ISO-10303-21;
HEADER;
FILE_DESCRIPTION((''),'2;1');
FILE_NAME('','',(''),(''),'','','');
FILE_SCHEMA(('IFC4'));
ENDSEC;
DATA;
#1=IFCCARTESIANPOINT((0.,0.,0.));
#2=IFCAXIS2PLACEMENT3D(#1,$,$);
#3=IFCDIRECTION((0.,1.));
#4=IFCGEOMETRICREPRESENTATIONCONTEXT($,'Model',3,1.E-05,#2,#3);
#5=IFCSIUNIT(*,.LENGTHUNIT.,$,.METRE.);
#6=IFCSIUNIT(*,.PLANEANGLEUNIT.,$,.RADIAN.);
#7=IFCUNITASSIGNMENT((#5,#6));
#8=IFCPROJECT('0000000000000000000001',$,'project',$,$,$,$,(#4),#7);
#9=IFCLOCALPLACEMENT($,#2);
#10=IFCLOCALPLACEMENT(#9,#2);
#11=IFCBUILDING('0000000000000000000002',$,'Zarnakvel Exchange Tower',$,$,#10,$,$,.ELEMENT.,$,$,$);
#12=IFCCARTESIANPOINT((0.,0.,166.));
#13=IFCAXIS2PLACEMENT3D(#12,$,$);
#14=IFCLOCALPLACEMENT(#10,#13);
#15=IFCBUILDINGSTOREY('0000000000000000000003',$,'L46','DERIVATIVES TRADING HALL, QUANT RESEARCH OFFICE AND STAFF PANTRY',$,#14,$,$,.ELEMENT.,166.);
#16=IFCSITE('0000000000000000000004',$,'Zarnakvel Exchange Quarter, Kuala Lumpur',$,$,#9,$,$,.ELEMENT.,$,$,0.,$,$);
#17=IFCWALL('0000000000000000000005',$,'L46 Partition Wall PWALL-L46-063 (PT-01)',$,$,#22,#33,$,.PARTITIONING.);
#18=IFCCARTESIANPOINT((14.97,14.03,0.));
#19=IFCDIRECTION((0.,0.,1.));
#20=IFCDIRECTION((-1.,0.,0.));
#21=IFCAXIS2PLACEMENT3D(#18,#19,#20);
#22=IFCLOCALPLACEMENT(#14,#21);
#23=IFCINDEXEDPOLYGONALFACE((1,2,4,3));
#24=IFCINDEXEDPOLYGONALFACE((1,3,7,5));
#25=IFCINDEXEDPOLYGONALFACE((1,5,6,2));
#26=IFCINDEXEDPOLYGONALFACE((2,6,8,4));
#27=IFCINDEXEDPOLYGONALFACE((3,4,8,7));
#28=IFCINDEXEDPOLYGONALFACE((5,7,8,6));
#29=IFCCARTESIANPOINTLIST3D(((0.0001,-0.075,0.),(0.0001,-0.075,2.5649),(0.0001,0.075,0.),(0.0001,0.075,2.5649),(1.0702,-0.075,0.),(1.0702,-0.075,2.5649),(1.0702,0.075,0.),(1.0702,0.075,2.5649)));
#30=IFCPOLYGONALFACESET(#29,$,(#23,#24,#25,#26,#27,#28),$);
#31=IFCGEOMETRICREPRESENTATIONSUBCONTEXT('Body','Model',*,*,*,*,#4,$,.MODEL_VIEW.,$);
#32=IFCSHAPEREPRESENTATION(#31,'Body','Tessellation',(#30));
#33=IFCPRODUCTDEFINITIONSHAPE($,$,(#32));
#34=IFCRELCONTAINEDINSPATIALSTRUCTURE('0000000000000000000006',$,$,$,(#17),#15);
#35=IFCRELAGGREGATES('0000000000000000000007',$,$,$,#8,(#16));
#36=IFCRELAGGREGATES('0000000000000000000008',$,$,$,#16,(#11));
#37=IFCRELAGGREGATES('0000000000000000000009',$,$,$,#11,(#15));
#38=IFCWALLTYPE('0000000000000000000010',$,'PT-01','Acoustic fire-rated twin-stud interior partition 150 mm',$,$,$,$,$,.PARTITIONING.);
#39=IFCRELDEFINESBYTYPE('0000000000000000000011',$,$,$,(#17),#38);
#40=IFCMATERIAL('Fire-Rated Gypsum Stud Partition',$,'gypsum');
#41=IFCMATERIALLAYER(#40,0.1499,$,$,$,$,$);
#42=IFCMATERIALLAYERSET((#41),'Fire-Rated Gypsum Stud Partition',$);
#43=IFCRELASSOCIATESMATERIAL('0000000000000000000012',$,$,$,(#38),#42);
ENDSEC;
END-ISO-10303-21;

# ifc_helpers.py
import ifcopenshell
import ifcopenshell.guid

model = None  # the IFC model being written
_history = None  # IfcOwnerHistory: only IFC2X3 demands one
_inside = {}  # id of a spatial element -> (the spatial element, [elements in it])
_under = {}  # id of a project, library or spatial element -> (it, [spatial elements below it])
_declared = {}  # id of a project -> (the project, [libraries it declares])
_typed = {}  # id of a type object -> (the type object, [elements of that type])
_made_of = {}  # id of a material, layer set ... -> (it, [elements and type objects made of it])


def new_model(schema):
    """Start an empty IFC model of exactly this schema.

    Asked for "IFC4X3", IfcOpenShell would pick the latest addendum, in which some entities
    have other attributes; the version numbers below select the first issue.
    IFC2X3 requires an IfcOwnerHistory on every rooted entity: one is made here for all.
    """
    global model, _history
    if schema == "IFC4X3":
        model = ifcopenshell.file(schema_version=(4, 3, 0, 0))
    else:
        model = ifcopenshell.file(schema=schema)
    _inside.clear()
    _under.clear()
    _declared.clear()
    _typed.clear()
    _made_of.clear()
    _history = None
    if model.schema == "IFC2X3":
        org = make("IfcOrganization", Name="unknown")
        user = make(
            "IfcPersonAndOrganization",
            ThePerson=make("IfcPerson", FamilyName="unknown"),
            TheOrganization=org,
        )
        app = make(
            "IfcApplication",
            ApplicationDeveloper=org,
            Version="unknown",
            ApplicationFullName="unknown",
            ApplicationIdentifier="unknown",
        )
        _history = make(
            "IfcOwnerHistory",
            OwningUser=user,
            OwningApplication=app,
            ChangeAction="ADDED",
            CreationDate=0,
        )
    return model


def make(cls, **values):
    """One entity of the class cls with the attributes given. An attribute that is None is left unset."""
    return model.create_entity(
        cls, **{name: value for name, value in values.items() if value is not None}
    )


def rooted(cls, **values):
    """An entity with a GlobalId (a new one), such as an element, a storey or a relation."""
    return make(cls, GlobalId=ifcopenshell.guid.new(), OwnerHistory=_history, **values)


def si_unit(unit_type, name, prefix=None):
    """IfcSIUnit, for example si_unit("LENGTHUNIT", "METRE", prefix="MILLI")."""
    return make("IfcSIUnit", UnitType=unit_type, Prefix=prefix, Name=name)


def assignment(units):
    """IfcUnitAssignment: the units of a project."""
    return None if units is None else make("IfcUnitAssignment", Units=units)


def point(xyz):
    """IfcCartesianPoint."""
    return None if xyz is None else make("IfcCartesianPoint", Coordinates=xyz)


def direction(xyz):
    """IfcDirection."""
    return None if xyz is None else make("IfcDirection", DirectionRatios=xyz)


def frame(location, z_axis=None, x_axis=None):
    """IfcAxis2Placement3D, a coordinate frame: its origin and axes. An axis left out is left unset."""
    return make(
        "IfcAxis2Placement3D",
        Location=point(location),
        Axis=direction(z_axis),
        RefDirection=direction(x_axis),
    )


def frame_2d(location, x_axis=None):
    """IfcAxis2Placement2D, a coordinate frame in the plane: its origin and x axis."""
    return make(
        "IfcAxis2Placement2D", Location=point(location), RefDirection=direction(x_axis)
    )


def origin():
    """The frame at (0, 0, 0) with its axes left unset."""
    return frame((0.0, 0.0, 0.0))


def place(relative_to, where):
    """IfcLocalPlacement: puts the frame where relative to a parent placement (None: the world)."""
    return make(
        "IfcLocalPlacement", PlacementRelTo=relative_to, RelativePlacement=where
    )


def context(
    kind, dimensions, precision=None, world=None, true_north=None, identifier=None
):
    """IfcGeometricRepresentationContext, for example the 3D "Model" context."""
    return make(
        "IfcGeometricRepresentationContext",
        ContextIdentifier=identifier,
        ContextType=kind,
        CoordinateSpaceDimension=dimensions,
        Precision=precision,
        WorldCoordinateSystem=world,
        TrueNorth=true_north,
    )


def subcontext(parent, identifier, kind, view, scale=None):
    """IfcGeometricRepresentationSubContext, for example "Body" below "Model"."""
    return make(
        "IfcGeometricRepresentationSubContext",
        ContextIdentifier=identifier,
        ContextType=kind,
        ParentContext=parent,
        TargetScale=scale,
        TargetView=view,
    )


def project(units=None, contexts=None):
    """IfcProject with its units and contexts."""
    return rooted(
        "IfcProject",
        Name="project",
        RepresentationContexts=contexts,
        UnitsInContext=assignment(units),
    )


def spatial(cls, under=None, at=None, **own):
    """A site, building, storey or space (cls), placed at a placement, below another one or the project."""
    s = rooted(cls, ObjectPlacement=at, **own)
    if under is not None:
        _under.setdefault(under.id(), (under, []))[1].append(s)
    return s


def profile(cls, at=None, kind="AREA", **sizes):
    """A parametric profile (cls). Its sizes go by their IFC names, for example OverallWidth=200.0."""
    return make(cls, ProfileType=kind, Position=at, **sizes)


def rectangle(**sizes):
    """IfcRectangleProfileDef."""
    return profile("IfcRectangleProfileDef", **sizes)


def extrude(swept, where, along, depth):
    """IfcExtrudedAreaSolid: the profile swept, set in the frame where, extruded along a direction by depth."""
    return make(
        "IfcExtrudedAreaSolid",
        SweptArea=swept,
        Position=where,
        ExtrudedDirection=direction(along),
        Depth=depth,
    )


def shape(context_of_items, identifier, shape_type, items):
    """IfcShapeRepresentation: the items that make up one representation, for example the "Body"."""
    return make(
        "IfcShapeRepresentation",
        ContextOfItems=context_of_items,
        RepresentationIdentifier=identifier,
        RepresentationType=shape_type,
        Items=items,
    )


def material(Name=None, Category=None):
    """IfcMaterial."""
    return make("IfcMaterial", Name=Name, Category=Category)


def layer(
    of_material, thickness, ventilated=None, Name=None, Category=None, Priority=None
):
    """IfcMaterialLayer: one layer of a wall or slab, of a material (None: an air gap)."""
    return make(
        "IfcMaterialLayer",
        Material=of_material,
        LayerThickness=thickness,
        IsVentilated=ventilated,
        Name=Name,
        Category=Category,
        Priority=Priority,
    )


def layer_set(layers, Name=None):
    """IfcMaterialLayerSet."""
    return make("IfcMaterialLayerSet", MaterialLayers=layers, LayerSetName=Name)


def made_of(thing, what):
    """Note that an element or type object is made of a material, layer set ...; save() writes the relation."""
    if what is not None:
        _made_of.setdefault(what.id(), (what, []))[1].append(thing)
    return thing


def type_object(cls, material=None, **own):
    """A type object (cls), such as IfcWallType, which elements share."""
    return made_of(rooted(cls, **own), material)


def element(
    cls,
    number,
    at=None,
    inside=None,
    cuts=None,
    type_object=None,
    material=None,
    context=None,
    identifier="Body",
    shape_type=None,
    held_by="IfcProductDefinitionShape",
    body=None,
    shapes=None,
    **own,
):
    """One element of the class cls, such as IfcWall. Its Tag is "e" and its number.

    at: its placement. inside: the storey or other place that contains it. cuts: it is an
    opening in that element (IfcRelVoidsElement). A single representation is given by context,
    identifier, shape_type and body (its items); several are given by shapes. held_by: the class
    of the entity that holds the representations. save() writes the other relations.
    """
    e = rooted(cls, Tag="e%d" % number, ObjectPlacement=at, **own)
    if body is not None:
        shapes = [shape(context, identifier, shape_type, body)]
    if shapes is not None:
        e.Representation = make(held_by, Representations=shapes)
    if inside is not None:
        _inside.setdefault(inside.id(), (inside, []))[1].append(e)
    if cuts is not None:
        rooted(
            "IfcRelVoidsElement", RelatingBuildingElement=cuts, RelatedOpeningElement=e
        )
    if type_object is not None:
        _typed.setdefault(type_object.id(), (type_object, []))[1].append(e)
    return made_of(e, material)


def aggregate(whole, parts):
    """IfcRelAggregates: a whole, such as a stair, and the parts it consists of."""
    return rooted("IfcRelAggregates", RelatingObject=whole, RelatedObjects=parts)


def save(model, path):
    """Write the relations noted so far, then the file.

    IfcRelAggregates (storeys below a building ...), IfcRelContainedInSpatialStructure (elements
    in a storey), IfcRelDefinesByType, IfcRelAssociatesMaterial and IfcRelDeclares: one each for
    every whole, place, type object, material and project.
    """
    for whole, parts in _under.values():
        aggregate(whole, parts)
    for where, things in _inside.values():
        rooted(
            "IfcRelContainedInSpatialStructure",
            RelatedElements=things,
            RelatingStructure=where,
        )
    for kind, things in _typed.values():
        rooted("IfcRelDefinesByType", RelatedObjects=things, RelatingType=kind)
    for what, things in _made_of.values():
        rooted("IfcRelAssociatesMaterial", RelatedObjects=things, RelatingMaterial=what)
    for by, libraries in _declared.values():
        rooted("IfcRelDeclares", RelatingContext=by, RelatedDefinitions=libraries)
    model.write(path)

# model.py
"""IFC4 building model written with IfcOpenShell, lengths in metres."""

from ifc_helpers import new_model, si_unit, direction, frame, frame_2d, origin, place, context, subcontext, project, spatial, rectangle, extrude, material, layer, layer_set, type_object, element, save


model = new_model("IFC4")

# Units and contexts
model_context = context("Model", 3, precision=1e-05, world=origin(), true_north=direction((0.0, 1.0)))
body_context = subcontext(model_context, "Body", "Model", "MODEL_VIEW")
ifc_project = project(units=[si_unit("LENGTHUNIT", "METRE"), si_unit("PLANEANGLEUNIT", "RADIAN")], contexts=[model_context])

# Site, building, storey
site_placement = place(None, origin())
site = spatial("IfcSite", under=ifc_project, at=site_placement, Name="Zarnakvel Exchange Quarter, Kuala Lumpur", CompositionType="ELEMENT", RefElevation=0.0)
building_placement = place(site_placement, origin())
building = spatial("IfcBuilding", under=site, at=building_placement, Name="Zarnakvel Exchange Tower", CompositionType="ELEMENT")
storey_placement = place(building_placement, frame((0.0, 0.0, 166.0)))
storey = spatial("IfcBuildingStorey", under=building, at=storey_placement, Name="L46", Description="DERIVATIVES TRADING HALL, QUANT RESEARCH OFFICE AND STAFF PANTRY", CompositionType="ELEMENT", Elevation=166.0)

# Wall
ifc_material_1 = material(Name="Fire-Rated Gypsum Stud Partition", Category="gypsum")
ifc_layer_1 = layer(ifc_material_1, 0.1499)
ifc_layer_set_1 = layer_set([ifc_layer_1], Name="Fire-Rated Gypsum Stud Partition")
wall_type_1 = type_object("IfcWallType", Name="PT-01", Description="Acoustic fire-rated twin-stud interior partition 150 mm", PredefinedType="PARTITIONING", material=ifc_layer_set_1)
wall_1_placement = place(storey_placement, frame((14.97, 14.03, 0.0), z_axis=(0.0, 0.0, 1.0), x_axis=(-1.0, 0.0, 0.0)))
element("IfcWall", 1, at=wall_1_placement, inside=storey, type_object=wall_type_1, Name="L46 Partition Wall PWALL-L46-063 (PT-01)", PredefinedType="PARTITIONING", context=body_context, shape_type="SweptSolid", body=[
    extrude(rectangle(XDim=1.0701, YDim=0.1499, at=frame_2d((0.5352, 0.0))), origin(), (0.0, 0.0, 1.0), 2.5649),
])

save(model, "model.ifc")
